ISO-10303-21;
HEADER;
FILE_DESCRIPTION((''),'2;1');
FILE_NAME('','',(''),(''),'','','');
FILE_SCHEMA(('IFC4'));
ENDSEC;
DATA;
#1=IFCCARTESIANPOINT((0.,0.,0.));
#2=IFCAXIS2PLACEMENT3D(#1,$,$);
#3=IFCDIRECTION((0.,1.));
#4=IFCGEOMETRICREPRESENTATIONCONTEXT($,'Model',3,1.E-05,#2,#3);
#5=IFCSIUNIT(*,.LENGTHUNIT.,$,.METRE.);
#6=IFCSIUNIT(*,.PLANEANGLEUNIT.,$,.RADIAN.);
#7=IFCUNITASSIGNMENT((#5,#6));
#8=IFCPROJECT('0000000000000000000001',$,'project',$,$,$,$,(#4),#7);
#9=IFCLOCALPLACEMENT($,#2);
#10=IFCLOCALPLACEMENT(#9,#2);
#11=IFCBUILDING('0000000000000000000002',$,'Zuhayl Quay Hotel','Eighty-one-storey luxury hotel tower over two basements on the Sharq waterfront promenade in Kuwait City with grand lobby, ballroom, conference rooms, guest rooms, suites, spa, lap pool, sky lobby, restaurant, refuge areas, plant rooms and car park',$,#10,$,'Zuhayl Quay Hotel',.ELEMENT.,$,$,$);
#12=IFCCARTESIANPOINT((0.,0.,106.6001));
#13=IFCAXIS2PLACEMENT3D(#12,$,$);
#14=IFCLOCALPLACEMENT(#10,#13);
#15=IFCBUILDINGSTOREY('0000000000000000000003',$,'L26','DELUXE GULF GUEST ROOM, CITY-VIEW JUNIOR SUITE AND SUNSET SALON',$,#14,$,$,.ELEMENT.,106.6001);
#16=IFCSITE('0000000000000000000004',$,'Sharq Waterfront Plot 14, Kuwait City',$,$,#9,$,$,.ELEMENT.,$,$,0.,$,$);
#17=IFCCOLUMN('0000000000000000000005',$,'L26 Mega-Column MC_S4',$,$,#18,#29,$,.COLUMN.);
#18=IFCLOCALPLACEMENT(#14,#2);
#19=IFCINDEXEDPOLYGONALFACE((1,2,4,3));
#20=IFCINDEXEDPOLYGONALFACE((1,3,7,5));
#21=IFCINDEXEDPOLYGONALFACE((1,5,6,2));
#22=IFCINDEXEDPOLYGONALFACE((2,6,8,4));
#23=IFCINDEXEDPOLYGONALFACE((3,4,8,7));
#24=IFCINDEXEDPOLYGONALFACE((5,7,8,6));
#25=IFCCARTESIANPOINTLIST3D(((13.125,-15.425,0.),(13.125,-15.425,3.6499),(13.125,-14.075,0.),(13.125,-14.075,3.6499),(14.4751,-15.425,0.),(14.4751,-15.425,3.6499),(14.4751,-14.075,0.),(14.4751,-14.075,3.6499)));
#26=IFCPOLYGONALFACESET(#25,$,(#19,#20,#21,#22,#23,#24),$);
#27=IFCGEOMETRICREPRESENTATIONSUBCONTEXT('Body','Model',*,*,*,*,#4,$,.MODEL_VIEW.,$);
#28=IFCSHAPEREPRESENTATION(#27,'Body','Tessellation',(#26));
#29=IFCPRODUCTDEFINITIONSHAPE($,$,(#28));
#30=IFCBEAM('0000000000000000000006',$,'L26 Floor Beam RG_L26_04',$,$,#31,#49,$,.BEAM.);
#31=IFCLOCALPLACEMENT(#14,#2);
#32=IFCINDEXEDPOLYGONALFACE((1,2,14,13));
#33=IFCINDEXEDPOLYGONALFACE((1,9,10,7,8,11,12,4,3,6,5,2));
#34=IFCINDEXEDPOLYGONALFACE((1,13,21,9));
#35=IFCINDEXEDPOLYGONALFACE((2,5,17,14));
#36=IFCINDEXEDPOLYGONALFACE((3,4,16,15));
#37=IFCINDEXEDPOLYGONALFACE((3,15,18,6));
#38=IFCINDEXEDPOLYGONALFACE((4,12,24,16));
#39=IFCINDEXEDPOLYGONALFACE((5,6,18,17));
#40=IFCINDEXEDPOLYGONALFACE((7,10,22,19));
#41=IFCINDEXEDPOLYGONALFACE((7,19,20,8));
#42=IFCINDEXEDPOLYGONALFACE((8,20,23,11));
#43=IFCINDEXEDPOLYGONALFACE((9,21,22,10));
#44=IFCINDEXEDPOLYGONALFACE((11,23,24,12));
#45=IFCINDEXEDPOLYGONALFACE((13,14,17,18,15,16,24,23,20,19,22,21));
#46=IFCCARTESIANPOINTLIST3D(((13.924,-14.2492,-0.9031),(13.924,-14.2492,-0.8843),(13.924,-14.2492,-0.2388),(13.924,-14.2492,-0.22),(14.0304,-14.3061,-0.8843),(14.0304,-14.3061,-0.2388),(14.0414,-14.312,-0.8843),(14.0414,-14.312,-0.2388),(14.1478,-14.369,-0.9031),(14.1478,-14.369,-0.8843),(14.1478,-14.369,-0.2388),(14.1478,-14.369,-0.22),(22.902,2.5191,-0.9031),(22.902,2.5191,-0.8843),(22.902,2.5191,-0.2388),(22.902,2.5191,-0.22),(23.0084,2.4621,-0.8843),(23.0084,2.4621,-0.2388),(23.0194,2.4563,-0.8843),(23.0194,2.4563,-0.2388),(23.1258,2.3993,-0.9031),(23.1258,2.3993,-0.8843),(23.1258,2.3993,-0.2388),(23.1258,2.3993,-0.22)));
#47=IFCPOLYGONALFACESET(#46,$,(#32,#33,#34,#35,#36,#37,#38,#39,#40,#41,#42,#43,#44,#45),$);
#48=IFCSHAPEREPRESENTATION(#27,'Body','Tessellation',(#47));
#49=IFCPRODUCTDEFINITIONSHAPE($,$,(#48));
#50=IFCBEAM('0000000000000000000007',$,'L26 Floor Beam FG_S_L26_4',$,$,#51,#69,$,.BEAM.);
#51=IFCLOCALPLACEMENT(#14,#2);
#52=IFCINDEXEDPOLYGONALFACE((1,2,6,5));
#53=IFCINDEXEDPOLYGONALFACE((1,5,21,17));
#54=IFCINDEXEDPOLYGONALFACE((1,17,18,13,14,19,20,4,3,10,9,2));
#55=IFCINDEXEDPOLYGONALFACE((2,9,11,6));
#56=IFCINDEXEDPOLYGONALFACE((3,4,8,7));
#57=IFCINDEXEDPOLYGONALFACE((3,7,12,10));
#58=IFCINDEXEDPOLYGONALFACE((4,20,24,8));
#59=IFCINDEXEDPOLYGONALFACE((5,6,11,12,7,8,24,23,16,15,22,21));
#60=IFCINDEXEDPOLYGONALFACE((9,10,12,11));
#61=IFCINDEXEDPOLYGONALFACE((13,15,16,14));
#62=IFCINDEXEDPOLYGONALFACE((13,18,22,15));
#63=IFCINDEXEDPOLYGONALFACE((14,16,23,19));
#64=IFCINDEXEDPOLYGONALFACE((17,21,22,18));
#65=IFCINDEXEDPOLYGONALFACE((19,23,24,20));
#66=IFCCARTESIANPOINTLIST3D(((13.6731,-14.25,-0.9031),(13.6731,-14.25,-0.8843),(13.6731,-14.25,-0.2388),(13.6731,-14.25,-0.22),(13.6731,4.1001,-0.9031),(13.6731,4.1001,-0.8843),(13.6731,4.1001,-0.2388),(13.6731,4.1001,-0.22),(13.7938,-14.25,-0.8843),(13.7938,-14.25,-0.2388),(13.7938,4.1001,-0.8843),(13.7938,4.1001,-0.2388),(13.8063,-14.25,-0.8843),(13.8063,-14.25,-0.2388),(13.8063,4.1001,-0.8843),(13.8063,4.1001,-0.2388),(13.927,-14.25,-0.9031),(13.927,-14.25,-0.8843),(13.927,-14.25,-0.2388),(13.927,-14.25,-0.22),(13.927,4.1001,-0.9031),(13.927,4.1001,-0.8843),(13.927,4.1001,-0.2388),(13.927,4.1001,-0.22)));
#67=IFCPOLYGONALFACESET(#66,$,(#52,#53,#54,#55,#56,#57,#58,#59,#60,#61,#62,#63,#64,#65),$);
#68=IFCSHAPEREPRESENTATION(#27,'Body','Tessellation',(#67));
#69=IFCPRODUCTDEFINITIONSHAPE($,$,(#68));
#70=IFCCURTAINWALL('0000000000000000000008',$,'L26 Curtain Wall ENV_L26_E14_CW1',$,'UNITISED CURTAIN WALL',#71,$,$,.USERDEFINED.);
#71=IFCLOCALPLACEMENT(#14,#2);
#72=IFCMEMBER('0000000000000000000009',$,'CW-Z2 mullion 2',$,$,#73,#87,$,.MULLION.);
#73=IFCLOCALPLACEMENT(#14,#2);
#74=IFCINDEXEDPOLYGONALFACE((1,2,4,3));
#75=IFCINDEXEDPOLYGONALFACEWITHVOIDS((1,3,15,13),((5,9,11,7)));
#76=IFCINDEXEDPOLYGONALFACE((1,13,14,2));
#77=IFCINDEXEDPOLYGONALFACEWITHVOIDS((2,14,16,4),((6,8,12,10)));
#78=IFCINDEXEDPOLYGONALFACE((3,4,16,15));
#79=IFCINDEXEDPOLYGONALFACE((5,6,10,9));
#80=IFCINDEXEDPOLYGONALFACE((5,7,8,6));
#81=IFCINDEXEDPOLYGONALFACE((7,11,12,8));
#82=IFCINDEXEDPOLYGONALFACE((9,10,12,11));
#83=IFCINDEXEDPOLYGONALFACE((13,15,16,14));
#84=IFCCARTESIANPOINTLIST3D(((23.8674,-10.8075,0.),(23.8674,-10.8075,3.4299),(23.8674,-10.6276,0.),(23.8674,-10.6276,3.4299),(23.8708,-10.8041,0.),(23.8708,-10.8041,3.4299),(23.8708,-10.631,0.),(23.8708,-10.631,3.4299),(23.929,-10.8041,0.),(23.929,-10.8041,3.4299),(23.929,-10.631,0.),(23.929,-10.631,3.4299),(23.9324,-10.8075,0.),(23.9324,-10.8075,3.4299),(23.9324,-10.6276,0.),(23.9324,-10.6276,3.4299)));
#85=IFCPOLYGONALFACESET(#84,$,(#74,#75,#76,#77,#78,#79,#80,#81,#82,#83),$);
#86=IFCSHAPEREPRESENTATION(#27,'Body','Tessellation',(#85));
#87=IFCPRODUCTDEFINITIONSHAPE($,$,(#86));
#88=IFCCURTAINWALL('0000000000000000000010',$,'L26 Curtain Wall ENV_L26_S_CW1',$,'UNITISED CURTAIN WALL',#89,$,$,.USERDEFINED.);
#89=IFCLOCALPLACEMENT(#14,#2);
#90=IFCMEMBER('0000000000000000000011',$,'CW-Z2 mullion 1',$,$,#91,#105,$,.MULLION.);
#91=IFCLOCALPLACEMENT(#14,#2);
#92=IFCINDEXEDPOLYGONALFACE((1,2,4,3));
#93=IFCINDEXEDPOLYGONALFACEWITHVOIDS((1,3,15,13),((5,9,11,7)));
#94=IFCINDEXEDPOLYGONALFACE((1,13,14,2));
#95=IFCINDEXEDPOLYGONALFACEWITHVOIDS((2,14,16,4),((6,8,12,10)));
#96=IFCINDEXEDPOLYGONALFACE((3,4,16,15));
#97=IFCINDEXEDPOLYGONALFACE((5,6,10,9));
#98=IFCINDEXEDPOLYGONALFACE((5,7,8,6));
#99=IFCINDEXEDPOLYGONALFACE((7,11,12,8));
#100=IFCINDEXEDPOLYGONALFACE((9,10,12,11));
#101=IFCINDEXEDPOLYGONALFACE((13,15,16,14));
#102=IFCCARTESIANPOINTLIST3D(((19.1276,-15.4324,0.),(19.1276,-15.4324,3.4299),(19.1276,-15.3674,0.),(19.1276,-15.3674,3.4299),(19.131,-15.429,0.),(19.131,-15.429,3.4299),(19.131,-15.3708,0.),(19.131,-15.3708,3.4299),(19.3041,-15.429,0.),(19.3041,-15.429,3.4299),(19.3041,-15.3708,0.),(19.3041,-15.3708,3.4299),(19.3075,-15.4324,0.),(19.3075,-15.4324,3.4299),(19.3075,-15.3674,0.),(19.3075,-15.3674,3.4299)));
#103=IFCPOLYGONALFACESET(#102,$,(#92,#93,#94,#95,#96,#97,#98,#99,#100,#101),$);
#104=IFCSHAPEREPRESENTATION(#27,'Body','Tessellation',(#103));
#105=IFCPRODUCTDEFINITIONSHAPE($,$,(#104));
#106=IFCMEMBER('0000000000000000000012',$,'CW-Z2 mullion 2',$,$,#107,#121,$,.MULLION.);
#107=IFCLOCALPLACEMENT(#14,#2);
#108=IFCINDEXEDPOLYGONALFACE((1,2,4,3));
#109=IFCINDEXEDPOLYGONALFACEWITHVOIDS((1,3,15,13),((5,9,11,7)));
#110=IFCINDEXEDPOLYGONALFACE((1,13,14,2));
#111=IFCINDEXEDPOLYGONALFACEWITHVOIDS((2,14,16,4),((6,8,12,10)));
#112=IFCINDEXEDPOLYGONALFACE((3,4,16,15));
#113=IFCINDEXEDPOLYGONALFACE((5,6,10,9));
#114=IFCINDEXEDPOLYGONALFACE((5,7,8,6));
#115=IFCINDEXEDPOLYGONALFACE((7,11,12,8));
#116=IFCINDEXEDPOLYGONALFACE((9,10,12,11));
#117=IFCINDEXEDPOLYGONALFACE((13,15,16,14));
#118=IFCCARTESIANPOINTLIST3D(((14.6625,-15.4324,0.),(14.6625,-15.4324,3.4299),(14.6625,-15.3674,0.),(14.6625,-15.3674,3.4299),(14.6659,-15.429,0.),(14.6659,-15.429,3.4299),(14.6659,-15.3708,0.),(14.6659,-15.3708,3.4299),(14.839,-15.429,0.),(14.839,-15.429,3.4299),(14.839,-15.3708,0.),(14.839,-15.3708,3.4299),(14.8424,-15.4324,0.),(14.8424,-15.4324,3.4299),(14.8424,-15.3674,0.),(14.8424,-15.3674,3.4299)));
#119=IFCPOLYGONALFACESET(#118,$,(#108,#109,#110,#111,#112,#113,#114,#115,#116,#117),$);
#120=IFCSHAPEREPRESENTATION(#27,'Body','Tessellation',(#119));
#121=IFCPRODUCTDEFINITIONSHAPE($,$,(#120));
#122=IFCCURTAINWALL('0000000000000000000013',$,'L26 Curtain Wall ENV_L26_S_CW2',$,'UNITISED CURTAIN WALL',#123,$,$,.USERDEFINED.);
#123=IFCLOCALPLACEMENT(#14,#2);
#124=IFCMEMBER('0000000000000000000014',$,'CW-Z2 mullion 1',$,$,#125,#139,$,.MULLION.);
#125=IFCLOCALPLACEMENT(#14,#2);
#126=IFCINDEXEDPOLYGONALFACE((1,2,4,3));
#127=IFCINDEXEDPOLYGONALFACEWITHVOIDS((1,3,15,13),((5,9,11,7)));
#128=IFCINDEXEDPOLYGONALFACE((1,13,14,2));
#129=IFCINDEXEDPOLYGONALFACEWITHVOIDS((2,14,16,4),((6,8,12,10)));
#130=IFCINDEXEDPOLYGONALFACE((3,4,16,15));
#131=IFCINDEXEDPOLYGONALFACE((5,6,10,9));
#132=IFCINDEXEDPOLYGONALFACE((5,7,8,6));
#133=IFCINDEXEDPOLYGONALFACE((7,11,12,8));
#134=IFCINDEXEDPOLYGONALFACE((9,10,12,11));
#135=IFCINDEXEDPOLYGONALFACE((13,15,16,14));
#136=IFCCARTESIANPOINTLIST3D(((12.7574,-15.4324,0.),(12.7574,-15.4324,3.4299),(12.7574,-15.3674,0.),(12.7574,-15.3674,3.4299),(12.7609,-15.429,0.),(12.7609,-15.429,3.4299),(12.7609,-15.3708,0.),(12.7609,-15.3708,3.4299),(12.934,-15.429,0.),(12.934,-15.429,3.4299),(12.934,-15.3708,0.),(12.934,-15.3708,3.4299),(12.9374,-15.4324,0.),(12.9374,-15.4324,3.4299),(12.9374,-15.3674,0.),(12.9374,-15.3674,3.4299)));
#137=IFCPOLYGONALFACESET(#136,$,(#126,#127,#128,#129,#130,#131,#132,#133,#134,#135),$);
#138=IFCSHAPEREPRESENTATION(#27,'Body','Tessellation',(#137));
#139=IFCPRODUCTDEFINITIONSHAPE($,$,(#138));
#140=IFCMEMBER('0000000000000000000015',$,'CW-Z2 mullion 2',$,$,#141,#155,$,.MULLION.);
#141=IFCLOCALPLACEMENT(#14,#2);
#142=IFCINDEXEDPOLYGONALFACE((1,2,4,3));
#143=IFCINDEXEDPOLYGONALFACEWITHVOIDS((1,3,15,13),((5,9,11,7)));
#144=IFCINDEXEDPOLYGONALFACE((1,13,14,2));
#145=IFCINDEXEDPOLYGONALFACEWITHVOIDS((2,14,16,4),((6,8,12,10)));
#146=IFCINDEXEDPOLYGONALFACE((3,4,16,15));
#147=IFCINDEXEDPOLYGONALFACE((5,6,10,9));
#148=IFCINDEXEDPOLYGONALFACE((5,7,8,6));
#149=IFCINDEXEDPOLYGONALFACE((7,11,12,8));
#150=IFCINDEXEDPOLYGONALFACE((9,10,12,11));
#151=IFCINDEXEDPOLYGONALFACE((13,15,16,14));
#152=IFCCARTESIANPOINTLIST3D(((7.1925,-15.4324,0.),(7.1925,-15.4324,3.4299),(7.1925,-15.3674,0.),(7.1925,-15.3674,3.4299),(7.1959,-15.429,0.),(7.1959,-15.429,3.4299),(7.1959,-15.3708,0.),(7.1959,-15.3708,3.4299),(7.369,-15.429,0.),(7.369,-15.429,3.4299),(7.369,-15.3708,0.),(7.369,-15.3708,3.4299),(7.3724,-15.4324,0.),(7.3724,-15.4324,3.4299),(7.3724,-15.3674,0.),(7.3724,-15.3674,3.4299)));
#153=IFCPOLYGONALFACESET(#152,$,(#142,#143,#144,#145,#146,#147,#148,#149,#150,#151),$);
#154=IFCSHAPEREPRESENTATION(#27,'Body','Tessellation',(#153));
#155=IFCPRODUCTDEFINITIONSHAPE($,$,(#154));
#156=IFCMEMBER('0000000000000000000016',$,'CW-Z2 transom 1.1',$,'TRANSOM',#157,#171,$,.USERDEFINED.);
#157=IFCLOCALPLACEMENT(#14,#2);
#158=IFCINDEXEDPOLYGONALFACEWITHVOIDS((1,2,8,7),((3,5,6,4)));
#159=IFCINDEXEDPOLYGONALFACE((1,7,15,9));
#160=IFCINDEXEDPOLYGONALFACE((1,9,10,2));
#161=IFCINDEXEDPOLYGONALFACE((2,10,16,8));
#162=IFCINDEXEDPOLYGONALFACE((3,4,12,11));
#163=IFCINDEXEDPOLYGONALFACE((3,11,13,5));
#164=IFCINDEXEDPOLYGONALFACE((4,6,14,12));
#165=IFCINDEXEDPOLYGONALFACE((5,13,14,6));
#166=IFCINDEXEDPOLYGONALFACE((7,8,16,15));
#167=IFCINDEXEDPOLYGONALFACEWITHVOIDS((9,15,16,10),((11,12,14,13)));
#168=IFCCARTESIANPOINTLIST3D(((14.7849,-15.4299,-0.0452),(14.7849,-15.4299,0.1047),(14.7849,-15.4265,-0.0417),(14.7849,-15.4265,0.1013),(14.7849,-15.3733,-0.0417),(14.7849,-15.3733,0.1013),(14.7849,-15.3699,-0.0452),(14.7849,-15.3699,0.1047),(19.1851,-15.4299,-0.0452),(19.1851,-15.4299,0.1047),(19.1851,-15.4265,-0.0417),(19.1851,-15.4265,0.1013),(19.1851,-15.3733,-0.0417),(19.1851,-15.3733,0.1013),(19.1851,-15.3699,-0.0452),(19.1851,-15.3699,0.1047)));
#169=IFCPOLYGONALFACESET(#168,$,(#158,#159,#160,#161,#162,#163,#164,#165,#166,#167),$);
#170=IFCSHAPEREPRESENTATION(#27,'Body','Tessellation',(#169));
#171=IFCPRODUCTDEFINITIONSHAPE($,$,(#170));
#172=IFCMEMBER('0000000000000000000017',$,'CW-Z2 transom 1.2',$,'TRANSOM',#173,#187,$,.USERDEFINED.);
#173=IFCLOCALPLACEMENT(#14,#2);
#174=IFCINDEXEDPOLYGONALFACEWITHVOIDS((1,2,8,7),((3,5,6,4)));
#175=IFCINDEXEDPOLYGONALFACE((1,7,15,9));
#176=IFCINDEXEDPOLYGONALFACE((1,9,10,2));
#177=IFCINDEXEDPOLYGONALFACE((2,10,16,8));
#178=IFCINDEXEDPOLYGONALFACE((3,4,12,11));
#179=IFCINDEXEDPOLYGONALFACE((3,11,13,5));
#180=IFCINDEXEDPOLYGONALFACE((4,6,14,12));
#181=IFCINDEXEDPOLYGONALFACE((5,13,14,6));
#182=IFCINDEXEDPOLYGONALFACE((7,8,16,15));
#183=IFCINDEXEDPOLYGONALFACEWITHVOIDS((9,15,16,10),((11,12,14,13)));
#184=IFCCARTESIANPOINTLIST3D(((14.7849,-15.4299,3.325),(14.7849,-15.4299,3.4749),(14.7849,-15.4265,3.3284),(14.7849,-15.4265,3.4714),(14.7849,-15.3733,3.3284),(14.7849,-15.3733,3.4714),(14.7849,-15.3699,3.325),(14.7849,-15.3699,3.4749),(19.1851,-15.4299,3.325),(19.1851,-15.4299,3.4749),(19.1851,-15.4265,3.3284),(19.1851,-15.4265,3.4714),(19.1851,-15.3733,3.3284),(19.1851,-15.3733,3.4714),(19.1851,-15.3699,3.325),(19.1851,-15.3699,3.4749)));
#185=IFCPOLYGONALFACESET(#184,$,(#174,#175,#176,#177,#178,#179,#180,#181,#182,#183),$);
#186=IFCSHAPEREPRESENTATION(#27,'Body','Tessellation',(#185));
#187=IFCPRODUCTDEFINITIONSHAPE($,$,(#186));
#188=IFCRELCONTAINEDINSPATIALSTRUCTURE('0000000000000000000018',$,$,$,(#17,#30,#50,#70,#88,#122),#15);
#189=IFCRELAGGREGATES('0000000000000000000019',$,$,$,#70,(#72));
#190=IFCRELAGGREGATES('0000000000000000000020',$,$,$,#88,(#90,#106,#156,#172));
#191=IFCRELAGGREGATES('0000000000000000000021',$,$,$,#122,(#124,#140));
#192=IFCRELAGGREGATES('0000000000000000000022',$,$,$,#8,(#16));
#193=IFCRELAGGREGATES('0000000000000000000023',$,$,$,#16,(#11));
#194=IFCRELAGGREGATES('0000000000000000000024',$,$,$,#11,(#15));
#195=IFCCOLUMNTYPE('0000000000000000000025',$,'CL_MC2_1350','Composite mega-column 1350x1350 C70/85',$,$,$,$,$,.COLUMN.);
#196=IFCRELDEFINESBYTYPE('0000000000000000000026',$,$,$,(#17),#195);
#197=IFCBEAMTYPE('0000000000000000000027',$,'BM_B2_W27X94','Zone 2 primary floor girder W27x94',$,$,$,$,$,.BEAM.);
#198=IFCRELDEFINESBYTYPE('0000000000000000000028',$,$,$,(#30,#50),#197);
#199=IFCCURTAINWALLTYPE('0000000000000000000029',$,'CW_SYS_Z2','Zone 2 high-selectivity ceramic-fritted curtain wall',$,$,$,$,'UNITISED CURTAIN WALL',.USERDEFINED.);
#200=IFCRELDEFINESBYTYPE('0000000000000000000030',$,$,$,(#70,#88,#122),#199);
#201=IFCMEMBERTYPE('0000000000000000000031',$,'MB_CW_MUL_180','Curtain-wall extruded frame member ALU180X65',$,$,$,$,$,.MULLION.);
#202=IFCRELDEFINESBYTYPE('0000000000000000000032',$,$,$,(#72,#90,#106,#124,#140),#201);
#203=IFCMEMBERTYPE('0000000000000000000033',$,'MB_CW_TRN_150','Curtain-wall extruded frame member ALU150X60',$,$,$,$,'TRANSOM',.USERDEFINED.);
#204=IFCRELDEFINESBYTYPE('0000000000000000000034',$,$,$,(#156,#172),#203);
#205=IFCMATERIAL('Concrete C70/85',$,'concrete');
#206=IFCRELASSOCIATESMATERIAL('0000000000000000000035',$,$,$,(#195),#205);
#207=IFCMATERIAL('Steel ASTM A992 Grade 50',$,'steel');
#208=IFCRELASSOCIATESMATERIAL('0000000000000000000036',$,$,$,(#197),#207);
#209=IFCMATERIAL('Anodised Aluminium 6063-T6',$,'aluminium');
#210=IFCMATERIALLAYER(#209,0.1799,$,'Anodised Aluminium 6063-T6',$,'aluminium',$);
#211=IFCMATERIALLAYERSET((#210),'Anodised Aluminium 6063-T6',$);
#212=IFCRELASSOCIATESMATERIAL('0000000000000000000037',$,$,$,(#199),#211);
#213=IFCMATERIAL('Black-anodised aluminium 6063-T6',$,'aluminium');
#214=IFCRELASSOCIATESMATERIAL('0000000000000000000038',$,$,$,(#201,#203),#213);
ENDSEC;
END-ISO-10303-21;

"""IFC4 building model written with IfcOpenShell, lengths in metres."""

from ifc_helpers import new_model, si_unit, direction, frame, origin, origin_2d, place, context, subcontext, project, spatial, rectangle, hollow_rectangle, i_section, extrude, material, layer, layer_set, material_profile, profile_set, type_object, element, aggregate, save


model = new_model("IFC4")

# Units and contexts
model_context = context("Model", 3, precision=1e-05, world=origin(), true_north=direction((0.0, 1.0)))
body_context = subcontext(model_context, "Body", "Model", "MODEL_VIEW")
ifc_project = project(units=[si_unit("LENGTHUNIT", "METRE"), si_unit("PLANEANGLEUNIT", "RADIAN")], contexts=[model_context])

# Site, building, storey
site_placement = place(None, origin())
site = spatial("IfcSite", under=ifc_project, at=site_placement, Name="Sharq Waterfront Plot 14, Kuwait City", CompositionType="ELEMENT", RefElevation=0.0)
building_placement = place(site_placement, origin())
building = spatial("IfcBuilding", under=site, at=building_placement, Name="Zuhayl Quay Hotel", Description="Eighty-one-storey luxury hotel tower over two basements on the Sharq waterfront promenade in Kuwait City with grand lobby, ballroom, conference rooms, guest rooms, suites, spa, lap pool, sky lobby, restaurant, refuge areas, plant rooms and car park", LongName="Zuhayl Quay Hotel", CompositionType="ELEMENT")
storey_placement = place(building_placement, frame((0.0, 0.0, 106.6001)))
storey = spatial("IfcBuildingStorey", under=building, at=storey_placement, Name="L26", Description="DELUXE GULF GUEST ROOM, CITY-VIEW JUNIOR SUITE AND SUNSET SALON", CompositionType="ELEMENT", Elevation=106.6001)

# Column
ifc_material_1 = material(Name="Concrete C70/85", Category="concrete")
ifc_material_profile_1 = material_profile(ifc_material_1, rectangle(XDim=1.3501, YDim=1.3501, at=origin_2d()), Name="RC1350X1350")
ifc_profile_set_1 = profile_set([ifc_material_profile_1], Name="Concrete C70/85")
column_type = type_object("IfcColumnType", Name="CL_MC2_1350", Description="Composite mega-column 1350x1350 C70/85", PredefinedType="COLUMN", material=ifc_profile_set_1)
column_placement = place(storey_placement, frame((13.8, -14.75, 0.0), z_axis=(0.0, 0.0, 1.0), x_axis=(1.0, 0.0, 0.0)))
element("IfcColumn", 1, at=column_placement, inside=storey, type_object=column_type, Name="L26 Mega-Column MC_S4", PredefinedType="COLUMN", context=body_context, shape_type="SweptSolid", body=[
    extrude(rectangle(XDim=1.3501, YDim=1.3501, at=origin_2d()), origin(), (0.0, 0.0, 1.0), 3.6499),
])

# Beams
ifc_material_2 = material(Name="Steel ASTM A992 Grade 50", Category="steel")
ifc_material_profile_2 = material_profile(ifc_material_2, i_section(OverallWidth=0.2539, OverallDepth=0.6831, WebThickness=0.0125, FlangeThickness=0.0188, at=origin_2d()), Name="W27X94")
ifc_profile_set_2 = profile_set([ifc_material_profile_2], Name="Steel ASTM A992 Grade 50")
beam_type = type_object("IfcBeamType", Name="BM_B2_W27X94", Description="Zone 2 primary floor girder W27x94", PredefinedType="BEAM", material=ifc_profile_set_2)
beam_1_placement = place(storey_placement, frame((14.0359, -14.3091, -0.5615), z_axis=(0.472017, 0.881589, 0.0), x_axis=(-0.881589, 0.472017, 0.0)))
element("IfcBeam", 2, at=beam_1_placement, inside=storey, type_object=beam_type, Name="L26 Floor Beam RG_L26_04", PredefinedType="BEAM", context=body_context, shape_type="SweptSolid", body=[
    extrude(i_section(OverallWidth=0.2539, OverallDepth=0.6831, WebThickness=0.0125, FlangeThickness=0.0188, at=origin_2d()), origin(), (0.0, 0.0, 1.0), 19.0205),
])
beam_2_placement = place(storey_placement, frame((13.8, -14.25, -0.5615), z_axis=(0.0, 1.0, 0.0), x_axis=(-1.0, 0.0, 0.0)))
element("IfcBeam", 3, at=beam_2_placement, inside=storey, type_object=beam_type, Name="L26 Floor Beam FG_S_L26_4", PredefinedType="BEAM", context=body_context, shape_type="SweptSolid", body=[
    extrude(i_section(OverallWidth=0.2539, OverallDepth=0.6831, WebThickness=0.0125, FlangeThickness=0.0188, at=origin_2d()), origin(), (0.0, 0.0, 1.0), 18.3501),
])

# Curtain wall, member
ifc_material_3 = material(Name="Anodised Aluminium 6063-T6", Category="aluminium")
ifc_layer_1 = layer(ifc_material_3, 0.1799, Name="Anodised Aluminium 6063-T6", Category="aluminium")
ifc_layer_set_1 = layer_set([ifc_layer_1], Name="Anodised Aluminium 6063-T6")
curtain_wall_type = type_object("IfcCurtainWallType", Name="CW_SYS_Z2", Description="Zone 2 high-selectivity ceramic-fritted curtain wall", ElementType="UNITISED CURTAIN WALL", PredefinedType="USERDEFINED", material=ifc_layer_set_1)
curtain_wall_1_placement = place(storey_placement, origin())
curtain_wall_1 = element("IfcCurtainWall", 4, at=curtain_wall_1_placement, inside=storey, type_object=curtain_wall_type, Name="L26 Curtain Wall ENV_L26_E14_CW1", ObjectType="UNITISED CURTAIN WALL", PredefinedType="USERDEFINED")
ifc_material_4 = material(Name="Black-anodised aluminium 6063-T6", Category="aluminium")
ifc_material_profile_3 = material_profile(ifc_material_4, hollow_rectangle(XDim=0.0649, YDim=0.1799, WallThickness=0.0034, at=origin_2d()), Name="ALU180X65")
ifc_profile_set_3 = profile_set([ifc_material_profile_3], Name="Black-anodised aluminium 6063-T6")
member_type_1 = type_object("IfcMemberType", Name="MB_CW_MUL_180", Description="Curtain-wall extruded frame member ALU180X65", PredefinedType="MULLION", material=ifc_profile_set_3)
member_1_placement = place(storey_placement, frame((23.8999, -10.7175, 0.0), z_axis=(0.0, 0.0, 1.0), x_axis=(1.0, 0.0, 0.0)))
member_1 = element("IfcMember", 5, at=member_1_placement, type_object=member_type_1, Name="CW-Z2 mullion 2", PredefinedType="MULLION", context=body_context, shape_type="SweptSolid", body=[
    extrude(hollow_rectangle(XDim=0.0649, YDim=0.1799, WallThickness=0.0034, at=origin_2d()), origin(), (0.0, 0.0, 1.0), 3.4299),
])

# Curtain walls, members
curtain_wall_2_placement = place(storey_placement, origin())
curtain_wall_2 = element("IfcCurtainWall", 6, at=curtain_wall_2_placement, inside=storey, type_object=curtain_wall_type, Name="L26 Curtain Wall ENV_L26_S_CW1", ObjectType="UNITISED CURTAIN WALL", PredefinedType="USERDEFINED")
member_2_placement = place(storey_placement, frame((19.2175, -15.3999, 0.0), z_axis=(0.0, 0.0, 1.0), x_axis=(0.0, -1.0, 0.0)))
member_2 = element("IfcMember", 7, at=member_2_placement, type_object=member_type_1, Name="CW-Z2 mullion 1", PredefinedType="MULLION", context=body_context, shape_type="SweptSolid", body=[
    extrude(hollow_rectangle(XDim=0.0649, YDim=0.1799, WallThickness=0.0034, at=origin_2d()), origin(), (0.0, 0.0, 1.0), 3.4299),
])
member_3_placement = place(storey_placement, frame((14.7524, -15.3999, 0.0), z_axis=(0.0, 0.0, 1.0), x_axis=(0.0, -1.0, 0.0)))
member_3 = element("IfcMember", 8, at=member_3_placement, type_object=member_type_1, Name="CW-Z2 mullion 2", PredefinedType="MULLION", context=body_context, shape_type="SweptSolid", body=[
    extrude(hollow_rectangle(XDim=0.0649, YDim=0.1799, WallThickness=0.0034, at=origin_2d()), origin(), (0.0, 0.0, 1.0), 3.4299),
])
curtain_wall_3_placement = place(storey_placement, origin())
curtain_wall_3 = element("IfcCurtainWall", 9, at=curtain_wall_3_placement, inside=storey, type_object=curtain_wall_type, Name="L26 Curtain Wall ENV_L26_S_CW2", ObjectType="UNITISED CURTAIN WALL", PredefinedType="USERDEFINED")
member_4_placement = place(storey_placement, frame((12.8474, -15.3999, 0.0), z_axis=(0.0, 0.0, 1.0), x_axis=(0.0, -1.0, 0.0)))
member_4 = element("IfcMember", 10, at=member_4_placement, type_object=member_type_1, Name="CW-Z2 mullion 1", PredefinedType="MULLION", context=body_context, shape_type="SweptSolid", body=[
    extrude(hollow_rectangle(XDim=0.0649, YDim=0.1799, WallThickness=0.0034, at=origin_2d()), origin(), (0.0, 0.0, 1.0), 3.4299),
])
member_5_placement = place(storey_placement, frame((7.2825, -15.3999, 0.0), z_axis=(0.0, 0.0, 1.0), x_axis=(0.0, -1.0, 0.0)))
member_5 = element("IfcMember", 11, at=member_5_placement, type_object=member_type_1, Name="CW-Z2 mullion 2", PredefinedType="MULLION", context=body_context, shape_type="SweptSolid", body=[
    extrude(hollow_rectangle(XDim=0.0649, YDim=0.1799, WallThickness=0.0034, at=origin_2d()), origin(), (0.0, 0.0, 1.0), 3.4299),
])

# Members
ifc_material_profile_4 = material_profile(ifc_material_4, hollow_rectangle(XDim=0.0601, YDim=0.1499, WallThickness=0.0034, at=origin_2d()), Name="ALU150X60")
ifc_profile_set_4 = profile_set([ifc_material_profile_4], Name="Black-anodised aluminium 6063-T6")
member_type_2 = type_object("IfcMemberType", Name="MB_CW_TRN_150", Description="Curtain-wall extruded frame member ALU150X60", ElementType="TRANSOM", PredefinedType="USERDEFINED", material=ifc_profile_set_4)
member_6_placement = place(storey_placement, frame((19.1851, -15.3999, 0.0298), z_axis=(-1.0, 0.0, 0.0), x_axis=(0.0, -1.0, 0.0)))
member_6 = element("IfcMember", 12, at=member_6_placement, type_object=member_type_2, Name="CW-Z2 transom 1.1", ObjectType="TRANSOM", PredefinedType="USERDEFINED", context=body_context, shape_type="SweptSolid", body=[
    extrude(hollow_rectangle(XDim=0.0601, YDim=0.1499, WallThickness=0.0034, at=origin_2d()), origin(), (0.0, 0.0, 1.0), 4.4001),
])
member_7_placement = place(storey_placement, frame((19.1851, -15.3999, 3.3999), z_axis=(-1.0, 0.0, 0.0), x_axis=(0.0, -1.0, 0.0)))
member_7 = element("IfcMember", 13, at=member_7_placement, type_object=member_type_2, Name="CW-Z2 transom 1.2", ObjectType="TRANSOM", PredefinedType="USERDEFINED", context=body_context, shape_type="SweptSolid", body=[
    extrude(hollow_rectangle(XDim=0.0601, YDim=0.1499, WallThickness=0.0034, at=origin_2d()), origin(), (0.0, 0.0, 1.0), 4.4001),
])

aggregate(curtain_wall_1, [member_1])
aggregate(curtain_wall_2, [member_2, member_3, member_6, member_7])
aggregate(curtain_wall_3, [member_4, member_5])

save(model, "model.ifc")
